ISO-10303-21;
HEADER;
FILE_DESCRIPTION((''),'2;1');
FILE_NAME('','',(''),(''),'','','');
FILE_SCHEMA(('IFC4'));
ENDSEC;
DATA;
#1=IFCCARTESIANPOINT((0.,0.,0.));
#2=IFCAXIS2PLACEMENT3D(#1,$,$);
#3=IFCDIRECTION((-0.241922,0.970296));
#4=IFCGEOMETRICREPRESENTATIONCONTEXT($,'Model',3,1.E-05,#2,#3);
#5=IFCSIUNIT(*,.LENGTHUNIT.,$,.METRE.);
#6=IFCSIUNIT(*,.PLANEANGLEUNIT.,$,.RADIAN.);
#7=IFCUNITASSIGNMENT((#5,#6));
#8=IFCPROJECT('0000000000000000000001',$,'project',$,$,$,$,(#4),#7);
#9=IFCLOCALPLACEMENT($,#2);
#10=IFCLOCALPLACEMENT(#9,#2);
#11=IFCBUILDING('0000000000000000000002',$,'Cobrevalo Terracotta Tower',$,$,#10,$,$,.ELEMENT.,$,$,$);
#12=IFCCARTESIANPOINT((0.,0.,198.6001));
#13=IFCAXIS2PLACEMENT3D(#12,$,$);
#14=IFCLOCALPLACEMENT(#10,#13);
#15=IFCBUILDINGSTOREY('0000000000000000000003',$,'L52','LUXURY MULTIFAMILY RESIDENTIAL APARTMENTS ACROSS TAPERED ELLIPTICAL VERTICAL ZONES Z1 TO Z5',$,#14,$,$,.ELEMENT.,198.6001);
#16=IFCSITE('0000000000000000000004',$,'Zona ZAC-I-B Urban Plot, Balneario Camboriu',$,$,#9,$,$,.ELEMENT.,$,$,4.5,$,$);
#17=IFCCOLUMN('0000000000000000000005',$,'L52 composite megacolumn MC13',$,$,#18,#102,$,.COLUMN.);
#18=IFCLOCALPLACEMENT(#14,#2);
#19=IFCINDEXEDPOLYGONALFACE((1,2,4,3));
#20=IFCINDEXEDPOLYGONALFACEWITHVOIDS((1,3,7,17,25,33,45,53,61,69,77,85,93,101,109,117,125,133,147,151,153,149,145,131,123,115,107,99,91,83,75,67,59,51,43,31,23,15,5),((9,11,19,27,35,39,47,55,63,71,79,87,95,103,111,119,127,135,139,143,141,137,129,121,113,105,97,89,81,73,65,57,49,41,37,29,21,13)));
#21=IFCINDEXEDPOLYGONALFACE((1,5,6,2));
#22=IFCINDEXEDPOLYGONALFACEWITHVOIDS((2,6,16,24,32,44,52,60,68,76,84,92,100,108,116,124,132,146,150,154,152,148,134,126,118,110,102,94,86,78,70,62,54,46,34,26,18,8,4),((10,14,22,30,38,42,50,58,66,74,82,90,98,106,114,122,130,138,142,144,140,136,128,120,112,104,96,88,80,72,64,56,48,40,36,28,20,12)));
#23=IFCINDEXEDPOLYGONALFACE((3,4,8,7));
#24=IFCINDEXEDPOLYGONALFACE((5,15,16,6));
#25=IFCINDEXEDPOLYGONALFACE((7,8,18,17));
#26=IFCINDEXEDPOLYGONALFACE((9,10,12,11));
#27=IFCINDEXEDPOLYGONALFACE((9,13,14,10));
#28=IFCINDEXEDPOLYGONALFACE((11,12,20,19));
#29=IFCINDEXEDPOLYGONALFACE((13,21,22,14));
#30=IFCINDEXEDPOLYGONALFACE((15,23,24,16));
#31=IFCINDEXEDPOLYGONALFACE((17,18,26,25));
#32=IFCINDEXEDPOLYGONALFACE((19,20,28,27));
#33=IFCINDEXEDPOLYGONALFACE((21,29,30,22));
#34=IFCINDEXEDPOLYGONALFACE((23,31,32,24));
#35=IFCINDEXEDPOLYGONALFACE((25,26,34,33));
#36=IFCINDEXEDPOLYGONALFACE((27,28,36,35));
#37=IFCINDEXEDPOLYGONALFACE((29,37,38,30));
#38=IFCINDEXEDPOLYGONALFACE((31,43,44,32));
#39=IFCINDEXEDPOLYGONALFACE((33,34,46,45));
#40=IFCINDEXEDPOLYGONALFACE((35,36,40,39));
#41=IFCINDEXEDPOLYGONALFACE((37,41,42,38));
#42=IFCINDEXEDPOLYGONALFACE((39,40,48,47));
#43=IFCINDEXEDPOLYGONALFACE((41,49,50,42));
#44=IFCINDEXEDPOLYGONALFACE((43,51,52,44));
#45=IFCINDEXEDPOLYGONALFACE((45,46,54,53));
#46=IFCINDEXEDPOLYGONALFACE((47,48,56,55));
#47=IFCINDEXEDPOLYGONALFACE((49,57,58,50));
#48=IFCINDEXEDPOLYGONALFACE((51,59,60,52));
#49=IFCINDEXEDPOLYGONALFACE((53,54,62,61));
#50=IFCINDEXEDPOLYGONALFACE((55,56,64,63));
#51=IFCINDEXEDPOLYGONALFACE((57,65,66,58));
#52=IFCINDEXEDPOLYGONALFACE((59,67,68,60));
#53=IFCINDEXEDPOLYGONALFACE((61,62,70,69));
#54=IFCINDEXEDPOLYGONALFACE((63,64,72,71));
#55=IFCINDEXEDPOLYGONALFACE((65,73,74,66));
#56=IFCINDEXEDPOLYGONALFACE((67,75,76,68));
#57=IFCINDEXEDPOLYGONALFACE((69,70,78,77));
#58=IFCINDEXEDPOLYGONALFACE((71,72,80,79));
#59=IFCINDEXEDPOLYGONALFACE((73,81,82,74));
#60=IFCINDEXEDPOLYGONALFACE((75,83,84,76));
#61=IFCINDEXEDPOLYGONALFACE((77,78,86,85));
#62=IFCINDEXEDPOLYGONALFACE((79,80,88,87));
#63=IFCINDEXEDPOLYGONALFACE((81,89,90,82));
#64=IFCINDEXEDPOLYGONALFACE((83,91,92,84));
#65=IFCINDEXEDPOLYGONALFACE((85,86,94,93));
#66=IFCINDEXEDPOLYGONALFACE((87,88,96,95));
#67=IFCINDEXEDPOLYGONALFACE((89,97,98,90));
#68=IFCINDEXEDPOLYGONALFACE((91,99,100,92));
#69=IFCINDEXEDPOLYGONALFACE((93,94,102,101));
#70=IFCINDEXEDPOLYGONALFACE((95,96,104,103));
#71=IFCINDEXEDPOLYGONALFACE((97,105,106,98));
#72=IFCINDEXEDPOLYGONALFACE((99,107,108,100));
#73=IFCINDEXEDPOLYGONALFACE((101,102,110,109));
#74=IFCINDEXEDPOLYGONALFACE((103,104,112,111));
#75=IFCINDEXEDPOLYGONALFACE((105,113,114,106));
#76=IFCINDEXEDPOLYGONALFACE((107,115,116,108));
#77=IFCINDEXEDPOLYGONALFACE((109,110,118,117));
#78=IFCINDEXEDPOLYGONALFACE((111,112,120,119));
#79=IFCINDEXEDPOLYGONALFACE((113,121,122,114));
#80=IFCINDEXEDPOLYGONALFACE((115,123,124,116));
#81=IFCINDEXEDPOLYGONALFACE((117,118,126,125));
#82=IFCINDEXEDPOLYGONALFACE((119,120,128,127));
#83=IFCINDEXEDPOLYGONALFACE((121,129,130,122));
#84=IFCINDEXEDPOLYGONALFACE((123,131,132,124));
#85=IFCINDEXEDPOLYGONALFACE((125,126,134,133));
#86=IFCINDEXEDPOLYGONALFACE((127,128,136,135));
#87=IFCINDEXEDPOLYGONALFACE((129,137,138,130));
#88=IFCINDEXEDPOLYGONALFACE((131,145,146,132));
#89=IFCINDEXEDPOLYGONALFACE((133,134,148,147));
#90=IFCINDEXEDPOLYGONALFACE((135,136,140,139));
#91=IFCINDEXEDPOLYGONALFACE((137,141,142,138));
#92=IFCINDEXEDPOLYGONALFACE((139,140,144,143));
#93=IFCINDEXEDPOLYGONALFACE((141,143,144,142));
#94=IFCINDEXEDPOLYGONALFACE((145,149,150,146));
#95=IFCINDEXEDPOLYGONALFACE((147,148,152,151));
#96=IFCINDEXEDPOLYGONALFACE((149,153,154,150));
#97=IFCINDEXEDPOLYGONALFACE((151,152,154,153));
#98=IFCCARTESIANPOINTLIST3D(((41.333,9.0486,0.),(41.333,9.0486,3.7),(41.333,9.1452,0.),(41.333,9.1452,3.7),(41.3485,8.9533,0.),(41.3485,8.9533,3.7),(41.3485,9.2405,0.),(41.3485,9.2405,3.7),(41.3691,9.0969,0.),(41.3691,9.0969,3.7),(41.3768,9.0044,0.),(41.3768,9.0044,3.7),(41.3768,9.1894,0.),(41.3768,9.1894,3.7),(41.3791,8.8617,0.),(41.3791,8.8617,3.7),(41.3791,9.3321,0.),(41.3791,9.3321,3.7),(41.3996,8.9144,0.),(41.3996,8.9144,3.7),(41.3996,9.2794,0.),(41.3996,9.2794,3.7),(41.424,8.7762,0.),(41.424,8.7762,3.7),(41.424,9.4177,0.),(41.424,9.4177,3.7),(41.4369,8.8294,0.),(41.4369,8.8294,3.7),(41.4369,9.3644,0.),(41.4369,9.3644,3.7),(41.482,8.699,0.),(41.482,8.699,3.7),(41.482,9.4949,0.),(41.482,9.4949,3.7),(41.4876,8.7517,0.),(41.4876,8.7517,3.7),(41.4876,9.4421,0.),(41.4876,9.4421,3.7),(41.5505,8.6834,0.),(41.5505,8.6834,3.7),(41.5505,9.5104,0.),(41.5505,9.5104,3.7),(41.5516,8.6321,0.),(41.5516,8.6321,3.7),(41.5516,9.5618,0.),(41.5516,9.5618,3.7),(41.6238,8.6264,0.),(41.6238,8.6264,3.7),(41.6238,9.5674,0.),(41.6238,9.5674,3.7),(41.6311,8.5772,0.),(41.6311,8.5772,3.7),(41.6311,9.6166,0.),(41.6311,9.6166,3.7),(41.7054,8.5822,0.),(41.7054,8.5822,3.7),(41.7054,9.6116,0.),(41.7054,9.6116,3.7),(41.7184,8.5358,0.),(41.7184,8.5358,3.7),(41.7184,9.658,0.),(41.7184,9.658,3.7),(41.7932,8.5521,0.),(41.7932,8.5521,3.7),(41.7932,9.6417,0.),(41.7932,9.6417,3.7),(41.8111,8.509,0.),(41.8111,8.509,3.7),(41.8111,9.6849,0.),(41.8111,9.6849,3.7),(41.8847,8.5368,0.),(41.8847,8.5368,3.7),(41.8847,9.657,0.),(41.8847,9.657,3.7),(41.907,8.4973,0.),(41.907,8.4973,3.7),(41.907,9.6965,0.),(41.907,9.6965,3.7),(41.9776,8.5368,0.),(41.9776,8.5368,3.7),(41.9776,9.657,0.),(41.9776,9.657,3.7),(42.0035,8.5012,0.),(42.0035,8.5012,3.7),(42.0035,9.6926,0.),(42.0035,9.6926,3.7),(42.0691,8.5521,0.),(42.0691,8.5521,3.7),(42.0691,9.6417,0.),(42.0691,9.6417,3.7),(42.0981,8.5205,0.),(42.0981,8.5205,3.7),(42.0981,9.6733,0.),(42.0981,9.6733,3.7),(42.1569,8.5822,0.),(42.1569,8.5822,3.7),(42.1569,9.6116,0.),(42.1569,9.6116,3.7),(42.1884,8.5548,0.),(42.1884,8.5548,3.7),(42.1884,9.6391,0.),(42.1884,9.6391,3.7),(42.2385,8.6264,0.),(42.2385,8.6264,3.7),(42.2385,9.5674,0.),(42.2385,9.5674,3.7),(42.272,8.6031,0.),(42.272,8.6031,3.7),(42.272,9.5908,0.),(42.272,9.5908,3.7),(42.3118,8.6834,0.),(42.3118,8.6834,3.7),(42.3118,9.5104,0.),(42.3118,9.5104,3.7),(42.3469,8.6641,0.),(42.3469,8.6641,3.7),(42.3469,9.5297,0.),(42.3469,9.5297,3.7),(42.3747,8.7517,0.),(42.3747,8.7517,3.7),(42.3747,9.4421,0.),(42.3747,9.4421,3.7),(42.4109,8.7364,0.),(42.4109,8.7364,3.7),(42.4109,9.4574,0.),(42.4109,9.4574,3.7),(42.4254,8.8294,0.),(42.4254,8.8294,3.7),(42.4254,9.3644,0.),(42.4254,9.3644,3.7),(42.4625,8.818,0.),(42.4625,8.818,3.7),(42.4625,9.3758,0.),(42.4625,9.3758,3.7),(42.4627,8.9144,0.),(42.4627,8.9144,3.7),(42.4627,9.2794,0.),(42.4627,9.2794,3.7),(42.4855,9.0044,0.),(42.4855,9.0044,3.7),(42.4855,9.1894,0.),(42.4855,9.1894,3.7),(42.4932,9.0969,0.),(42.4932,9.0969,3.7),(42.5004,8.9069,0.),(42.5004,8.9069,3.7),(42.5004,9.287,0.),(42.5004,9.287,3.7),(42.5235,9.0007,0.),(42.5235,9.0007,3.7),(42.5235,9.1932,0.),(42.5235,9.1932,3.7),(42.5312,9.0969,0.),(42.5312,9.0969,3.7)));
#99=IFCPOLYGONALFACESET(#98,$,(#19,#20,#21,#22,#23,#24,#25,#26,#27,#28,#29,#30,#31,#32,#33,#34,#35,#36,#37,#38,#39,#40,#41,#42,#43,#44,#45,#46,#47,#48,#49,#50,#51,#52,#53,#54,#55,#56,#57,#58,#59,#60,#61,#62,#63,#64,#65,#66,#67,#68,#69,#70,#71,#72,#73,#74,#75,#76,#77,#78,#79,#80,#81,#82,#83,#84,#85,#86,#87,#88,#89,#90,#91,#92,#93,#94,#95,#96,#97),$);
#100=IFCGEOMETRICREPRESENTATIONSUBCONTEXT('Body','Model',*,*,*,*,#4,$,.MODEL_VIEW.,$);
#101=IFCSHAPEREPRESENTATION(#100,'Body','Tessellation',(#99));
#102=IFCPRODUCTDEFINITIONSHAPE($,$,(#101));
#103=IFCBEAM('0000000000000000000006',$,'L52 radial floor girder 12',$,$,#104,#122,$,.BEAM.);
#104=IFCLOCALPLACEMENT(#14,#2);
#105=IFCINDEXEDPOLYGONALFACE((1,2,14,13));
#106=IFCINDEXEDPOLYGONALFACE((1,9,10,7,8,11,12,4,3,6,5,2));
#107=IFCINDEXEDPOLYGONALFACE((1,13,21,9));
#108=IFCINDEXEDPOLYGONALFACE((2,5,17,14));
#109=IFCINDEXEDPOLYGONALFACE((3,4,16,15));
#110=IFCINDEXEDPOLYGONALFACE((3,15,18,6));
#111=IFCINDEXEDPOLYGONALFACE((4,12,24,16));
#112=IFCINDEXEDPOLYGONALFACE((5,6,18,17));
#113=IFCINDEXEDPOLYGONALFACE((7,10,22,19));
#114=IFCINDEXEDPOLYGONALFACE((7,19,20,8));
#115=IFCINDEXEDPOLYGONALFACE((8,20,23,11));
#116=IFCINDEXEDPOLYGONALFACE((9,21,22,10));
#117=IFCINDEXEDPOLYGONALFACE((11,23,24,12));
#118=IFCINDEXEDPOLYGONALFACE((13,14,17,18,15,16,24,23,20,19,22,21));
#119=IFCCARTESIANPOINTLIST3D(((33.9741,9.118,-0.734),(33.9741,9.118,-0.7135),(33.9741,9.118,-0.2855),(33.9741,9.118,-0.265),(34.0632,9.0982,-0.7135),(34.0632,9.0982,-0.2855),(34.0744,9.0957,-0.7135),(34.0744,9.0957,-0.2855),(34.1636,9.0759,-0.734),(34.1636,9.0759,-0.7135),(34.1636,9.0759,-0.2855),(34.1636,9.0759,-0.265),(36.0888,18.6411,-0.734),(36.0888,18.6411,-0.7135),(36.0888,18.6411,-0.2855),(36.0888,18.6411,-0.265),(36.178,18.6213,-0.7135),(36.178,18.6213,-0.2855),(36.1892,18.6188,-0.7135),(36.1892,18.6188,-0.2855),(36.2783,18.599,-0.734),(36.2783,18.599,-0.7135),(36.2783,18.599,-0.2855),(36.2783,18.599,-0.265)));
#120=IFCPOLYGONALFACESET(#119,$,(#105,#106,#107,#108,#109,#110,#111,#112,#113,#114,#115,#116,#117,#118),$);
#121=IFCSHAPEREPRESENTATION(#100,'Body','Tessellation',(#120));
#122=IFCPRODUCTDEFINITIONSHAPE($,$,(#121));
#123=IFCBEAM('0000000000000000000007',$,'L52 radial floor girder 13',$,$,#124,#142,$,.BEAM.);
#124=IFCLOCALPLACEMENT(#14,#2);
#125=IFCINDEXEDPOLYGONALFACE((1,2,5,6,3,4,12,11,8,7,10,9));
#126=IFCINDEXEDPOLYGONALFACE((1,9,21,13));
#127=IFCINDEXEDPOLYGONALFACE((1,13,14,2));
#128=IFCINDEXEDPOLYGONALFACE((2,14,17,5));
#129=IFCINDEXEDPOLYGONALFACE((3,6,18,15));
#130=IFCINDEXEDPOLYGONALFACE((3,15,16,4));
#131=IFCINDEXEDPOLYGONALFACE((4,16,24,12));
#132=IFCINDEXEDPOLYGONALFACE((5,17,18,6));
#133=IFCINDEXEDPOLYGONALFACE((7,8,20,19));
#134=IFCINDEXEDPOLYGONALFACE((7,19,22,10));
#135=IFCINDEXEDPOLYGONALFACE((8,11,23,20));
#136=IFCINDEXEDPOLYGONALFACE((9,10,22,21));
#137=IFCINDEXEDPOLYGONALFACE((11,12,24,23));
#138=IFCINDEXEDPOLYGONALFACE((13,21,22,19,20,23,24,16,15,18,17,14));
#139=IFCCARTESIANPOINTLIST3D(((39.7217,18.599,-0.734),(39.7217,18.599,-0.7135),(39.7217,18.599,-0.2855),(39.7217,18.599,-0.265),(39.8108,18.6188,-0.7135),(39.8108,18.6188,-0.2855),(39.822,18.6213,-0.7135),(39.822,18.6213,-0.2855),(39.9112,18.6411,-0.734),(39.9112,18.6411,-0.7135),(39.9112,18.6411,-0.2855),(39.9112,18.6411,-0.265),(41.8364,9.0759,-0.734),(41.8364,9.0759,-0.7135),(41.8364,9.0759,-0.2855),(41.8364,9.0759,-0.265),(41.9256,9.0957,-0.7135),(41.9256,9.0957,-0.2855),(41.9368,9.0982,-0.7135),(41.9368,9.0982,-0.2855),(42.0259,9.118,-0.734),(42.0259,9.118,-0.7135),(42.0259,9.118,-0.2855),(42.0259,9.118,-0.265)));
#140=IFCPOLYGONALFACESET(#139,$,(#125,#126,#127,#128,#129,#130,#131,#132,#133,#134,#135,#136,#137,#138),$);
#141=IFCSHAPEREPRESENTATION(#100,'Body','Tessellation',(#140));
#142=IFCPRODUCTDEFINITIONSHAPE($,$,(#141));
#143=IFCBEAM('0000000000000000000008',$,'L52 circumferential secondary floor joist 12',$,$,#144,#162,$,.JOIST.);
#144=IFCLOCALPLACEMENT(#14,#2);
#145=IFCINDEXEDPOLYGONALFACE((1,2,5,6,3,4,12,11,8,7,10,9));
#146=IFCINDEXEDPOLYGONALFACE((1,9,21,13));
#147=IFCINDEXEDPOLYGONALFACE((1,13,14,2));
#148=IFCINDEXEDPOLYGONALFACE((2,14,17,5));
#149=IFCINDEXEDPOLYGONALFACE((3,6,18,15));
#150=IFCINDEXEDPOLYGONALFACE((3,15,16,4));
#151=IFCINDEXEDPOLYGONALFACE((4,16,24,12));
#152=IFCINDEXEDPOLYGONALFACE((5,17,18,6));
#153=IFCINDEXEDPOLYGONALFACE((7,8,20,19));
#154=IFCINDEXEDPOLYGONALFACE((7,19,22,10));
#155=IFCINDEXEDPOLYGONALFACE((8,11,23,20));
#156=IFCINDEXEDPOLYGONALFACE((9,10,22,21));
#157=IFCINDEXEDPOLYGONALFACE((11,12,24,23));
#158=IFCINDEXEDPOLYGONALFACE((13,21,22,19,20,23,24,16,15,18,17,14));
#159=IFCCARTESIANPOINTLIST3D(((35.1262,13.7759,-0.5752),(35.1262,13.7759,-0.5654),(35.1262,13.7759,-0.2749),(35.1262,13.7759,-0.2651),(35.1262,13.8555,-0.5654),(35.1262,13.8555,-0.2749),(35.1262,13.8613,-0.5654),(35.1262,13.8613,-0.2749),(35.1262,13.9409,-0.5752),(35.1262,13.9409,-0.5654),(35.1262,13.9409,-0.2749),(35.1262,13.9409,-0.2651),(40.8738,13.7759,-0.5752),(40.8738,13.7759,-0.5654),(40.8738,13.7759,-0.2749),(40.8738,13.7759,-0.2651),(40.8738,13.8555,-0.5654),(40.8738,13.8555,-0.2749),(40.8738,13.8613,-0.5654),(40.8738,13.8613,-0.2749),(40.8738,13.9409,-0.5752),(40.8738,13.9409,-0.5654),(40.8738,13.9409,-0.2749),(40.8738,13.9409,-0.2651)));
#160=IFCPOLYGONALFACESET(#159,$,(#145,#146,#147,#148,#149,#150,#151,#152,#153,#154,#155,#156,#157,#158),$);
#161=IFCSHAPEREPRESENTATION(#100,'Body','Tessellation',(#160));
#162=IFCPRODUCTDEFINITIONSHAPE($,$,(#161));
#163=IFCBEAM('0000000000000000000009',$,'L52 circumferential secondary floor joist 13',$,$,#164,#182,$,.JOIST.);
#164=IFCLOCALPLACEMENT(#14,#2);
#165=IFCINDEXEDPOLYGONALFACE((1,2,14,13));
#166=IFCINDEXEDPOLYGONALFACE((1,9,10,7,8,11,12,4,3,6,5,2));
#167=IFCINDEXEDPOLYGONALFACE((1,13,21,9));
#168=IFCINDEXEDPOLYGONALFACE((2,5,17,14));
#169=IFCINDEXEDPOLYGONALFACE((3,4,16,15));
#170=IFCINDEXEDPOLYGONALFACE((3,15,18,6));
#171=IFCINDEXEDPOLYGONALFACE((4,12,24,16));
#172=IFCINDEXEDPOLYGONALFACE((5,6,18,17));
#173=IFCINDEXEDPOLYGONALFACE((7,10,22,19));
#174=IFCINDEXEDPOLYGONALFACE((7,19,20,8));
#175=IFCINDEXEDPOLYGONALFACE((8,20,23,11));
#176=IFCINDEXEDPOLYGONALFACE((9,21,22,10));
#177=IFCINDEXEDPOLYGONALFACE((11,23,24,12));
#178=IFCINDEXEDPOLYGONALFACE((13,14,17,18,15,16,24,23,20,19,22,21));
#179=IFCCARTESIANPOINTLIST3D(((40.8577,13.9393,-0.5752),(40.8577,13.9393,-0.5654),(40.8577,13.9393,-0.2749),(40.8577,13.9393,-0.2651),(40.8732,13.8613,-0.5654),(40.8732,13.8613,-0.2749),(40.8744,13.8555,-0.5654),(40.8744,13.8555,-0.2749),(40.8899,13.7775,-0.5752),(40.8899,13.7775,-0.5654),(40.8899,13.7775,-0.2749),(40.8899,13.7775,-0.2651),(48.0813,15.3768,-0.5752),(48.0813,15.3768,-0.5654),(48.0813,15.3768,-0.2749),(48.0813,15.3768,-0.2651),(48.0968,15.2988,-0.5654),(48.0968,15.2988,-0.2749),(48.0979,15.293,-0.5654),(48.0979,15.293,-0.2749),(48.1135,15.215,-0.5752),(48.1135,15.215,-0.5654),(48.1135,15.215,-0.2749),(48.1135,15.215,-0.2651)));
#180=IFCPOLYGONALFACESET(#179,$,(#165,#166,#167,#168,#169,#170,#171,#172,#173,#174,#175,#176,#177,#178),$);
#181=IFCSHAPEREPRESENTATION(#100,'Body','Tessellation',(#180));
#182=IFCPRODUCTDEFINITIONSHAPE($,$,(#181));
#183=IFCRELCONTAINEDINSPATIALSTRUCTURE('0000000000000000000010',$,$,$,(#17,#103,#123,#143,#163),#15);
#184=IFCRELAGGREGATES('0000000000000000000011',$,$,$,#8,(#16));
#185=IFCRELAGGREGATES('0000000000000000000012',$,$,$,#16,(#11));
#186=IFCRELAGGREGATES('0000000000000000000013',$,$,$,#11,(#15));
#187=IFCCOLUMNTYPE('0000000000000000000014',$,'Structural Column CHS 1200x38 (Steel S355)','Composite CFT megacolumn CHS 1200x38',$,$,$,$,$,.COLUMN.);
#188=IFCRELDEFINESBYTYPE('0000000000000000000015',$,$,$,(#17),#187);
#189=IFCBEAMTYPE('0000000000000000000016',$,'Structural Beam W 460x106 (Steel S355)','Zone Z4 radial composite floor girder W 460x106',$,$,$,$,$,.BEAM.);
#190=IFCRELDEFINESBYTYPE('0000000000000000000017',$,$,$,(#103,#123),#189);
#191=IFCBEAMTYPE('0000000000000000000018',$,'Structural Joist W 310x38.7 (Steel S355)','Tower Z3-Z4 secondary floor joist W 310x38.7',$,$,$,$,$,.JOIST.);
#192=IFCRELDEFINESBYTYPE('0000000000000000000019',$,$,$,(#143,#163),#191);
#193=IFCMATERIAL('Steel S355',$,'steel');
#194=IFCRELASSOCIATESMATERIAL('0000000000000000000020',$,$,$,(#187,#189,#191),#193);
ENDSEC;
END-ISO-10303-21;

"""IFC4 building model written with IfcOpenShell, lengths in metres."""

from ifc_helpers import new_model, si_unit, direction, frame, origin, origin_2d, place, context, subcontext, project, spatial, hollow_circle, i_section, extrude, material, material_profile, profile_set, type_object, element, save


model = new_model("IFC4")

# Units and contexts
model_context = context("Model", 3, precision=1e-05, world=origin(), true_north=direction((-0.241922, 0.970296)))
body_context = subcontext(model_context, "Body", "Model", "MODEL_VIEW")
ifc_project = project(units=[si_unit("LENGTHUNIT", "METRE"), si_unit("PLANEANGLEUNIT", "RADIAN")], contexts=[model_context])

# Site, building, storey
site_placement = place(None, origin())
site = spatial("IfcSite", under=ifc_project, at=site_placement, Name="Zona ZAC-I-B Urban Plot, Balneario Camboriu", CompositionType="ELEMENT", RefElevation=4.5)
building_placement = place(site_placement, origin())
building = spatial("IfcBuilding", under=site, at=building_placement, Name="Cobrevalo Terracotta Tower", CompositionType="ELEMENT")
storey_placement = place(building_placement, frame((0.0, 0.0, 198.6001)))
storey = spatial("IfcBuildingStorey", under=building, at=storey_placement, Name="L52", Description="LUXURY MULTIFAMILY RESIDENTIAL APARTMENTS ACROSS TAPERED ELLIPTICAL VERTICAL ZONES Z1 TO Z5", CompositionType="ELEMENT", Elevation=198.6001)

# Column
ifc_material_1 = material(Name="Steel S355", Category="steel")
ifc_material_profile_1 = material_profile(ifc_material_1, hollow_circle(Radius=0.6001, WallThickness=0.0381, at=origin_2d()), Name="CHS 1200x38")
ifc_profile_set_1 = profile_set([ifc_material_profile_1], Name="Steel S355")
column_type = type_object("IfcColumnType", Name="Structural Column CHS 1200x38 (Steel S355)", Description="Composite CFT megacolumn CHS 1200x38", PredefinedType="COLUMN", material=ifc_profile_set_1)
column_placement = place(storey_placement, frame((41.9312, 9.0969, 0.0), z_axis=(0.0, 0.0, 1.0), x_axis=(1.0, 0.0, 0.0)))
element("IfcColumn", 1, at=column_placement, inside=storey, type_object=column_type, Name="L52 composite megacolumn MC13", PredefinedType="COLUMN", context=body_context, shape_type="SweptSolid", body=[
    extrude(hollow_circle(Radius=0.6001, WallThickness=0.0381, at=origin_2d()), origin(), (0.0, 0.0, 1.0), 3.7),
])

# Beams
ifc_material_profile_2 = material_profile(ifc_material_1, i_section(OverallWidth=0.1941, OverallDepth=0.469, WebThickness=0.0115, FlangeThickness=0.0205, at=origin_2d()), Name="W 460x106")
ifc_profile_set_2 = profile_set([ifc_material_profile_2], Name="Steel S355")
beam_type_1 = type_object("IfcBeamType", Name="Structural Beam W 460x106 (Steel S355)", Description="Zone Z4 radial composite floor girder W 460x106", PredefinedType="BEAM", material=ifc_profile_set_2)
for number, where, z_axis, x_axis, name in (
    (2, (34.0688, 9.0969, -0.4995), (0.216782, 0.97622, 0.0), (-0.97622, 0.216782, 0.0), "L52 radial floor girder 12"),
    (3, (41.9312, 9.0969, -0.4995), (-0.216782, 0.97622, 0.0), (-0.97622, -0.216782, 0.0), "L52 radial floor girder 13"),
):
    element("IfcBeam", number, at=place(storey_placement, frame(where, z_axis=z_axis, x_axis=x_axis)), inside=storey, type_object=beam_type_1, Name=name, PredefinedType="BEAM", context=body_context, shape_type="SweptSolid", body=[
        extrude(i_section(OverallWidth=0.1941, OverallDepth=0.469, WebThickness=0.0115, FlangeThickness=0.0205, at=origin_2d()), origin(), (0.0, 0.0, 1.0), 9.7551),
    ])
ifc_material_profile_3 = material_profile(ifc_material_1, i_section(OverallWidth=0.165, OverallDepth=0.3101, WebThickness=0.0059, FlangeThickness=0.0098, at=origin_2d()), Name="W 310x38.7")
ifc_profile_set_3 = profile_set([ifc_material_profile_3], Name="Steel S355")
beam_type_2 = type_object("IfcBeamType", Name="Structural Joist W 310x38.7 (Steel S355)", Description="Tower Z3-Z4 secondary floor joist W 310x38.7", PredefinedType="JOIST", material=ifc_profile_set_3)
beam_1_placement = place(storey_placement, frame((35.1262, 13.8584, -0.4202), z_axis=(1.0, 0.0, 0.0), x_axis=(0.0, 1.0, 0.0)))
element("IfcBeam", 4, at=beam_1_placement, inside=storey, type_object=beam_type_2, Name="L52 circumferential secondary floor joist 12", PredefinedType="JOIST", context=body_context, shape_type="SweptSolid", body=[
    extrude(i_section(OverallWidth=0.165, OverallDepth=0.3101, WebThickness=0.0059, FlangeThickness=0.0098, at=origin_2d()), origin(), (0.0, 0.0, 1.0), 5.7476),
])
beam_2_placement = place(storey_placement, frame((40.8738, 13.8584, -0.4202), z_axis=(0.980769, 0.195173, 0.0), x_axis=(-0.195173, 0.980769, 0.0)))
element("IfcBeam", 5, at=beam_2_placement, inside=storey, type_object=beam_type_2, Name="L52 circumferential secondary floor joist 13", PredefinedType="JOIST", context=body_context, shape_type="SweptSolid", body=[
    extrude(i_section(OverallWidth=0.165, OverallDepth=0.3101, WebThickness=0.0059, FlangeThickness=0.0098, at=origin_2d()), origin(), (0.0, 0.0, 1.0), 7.3652),
])

save(model, "model.ifc")
